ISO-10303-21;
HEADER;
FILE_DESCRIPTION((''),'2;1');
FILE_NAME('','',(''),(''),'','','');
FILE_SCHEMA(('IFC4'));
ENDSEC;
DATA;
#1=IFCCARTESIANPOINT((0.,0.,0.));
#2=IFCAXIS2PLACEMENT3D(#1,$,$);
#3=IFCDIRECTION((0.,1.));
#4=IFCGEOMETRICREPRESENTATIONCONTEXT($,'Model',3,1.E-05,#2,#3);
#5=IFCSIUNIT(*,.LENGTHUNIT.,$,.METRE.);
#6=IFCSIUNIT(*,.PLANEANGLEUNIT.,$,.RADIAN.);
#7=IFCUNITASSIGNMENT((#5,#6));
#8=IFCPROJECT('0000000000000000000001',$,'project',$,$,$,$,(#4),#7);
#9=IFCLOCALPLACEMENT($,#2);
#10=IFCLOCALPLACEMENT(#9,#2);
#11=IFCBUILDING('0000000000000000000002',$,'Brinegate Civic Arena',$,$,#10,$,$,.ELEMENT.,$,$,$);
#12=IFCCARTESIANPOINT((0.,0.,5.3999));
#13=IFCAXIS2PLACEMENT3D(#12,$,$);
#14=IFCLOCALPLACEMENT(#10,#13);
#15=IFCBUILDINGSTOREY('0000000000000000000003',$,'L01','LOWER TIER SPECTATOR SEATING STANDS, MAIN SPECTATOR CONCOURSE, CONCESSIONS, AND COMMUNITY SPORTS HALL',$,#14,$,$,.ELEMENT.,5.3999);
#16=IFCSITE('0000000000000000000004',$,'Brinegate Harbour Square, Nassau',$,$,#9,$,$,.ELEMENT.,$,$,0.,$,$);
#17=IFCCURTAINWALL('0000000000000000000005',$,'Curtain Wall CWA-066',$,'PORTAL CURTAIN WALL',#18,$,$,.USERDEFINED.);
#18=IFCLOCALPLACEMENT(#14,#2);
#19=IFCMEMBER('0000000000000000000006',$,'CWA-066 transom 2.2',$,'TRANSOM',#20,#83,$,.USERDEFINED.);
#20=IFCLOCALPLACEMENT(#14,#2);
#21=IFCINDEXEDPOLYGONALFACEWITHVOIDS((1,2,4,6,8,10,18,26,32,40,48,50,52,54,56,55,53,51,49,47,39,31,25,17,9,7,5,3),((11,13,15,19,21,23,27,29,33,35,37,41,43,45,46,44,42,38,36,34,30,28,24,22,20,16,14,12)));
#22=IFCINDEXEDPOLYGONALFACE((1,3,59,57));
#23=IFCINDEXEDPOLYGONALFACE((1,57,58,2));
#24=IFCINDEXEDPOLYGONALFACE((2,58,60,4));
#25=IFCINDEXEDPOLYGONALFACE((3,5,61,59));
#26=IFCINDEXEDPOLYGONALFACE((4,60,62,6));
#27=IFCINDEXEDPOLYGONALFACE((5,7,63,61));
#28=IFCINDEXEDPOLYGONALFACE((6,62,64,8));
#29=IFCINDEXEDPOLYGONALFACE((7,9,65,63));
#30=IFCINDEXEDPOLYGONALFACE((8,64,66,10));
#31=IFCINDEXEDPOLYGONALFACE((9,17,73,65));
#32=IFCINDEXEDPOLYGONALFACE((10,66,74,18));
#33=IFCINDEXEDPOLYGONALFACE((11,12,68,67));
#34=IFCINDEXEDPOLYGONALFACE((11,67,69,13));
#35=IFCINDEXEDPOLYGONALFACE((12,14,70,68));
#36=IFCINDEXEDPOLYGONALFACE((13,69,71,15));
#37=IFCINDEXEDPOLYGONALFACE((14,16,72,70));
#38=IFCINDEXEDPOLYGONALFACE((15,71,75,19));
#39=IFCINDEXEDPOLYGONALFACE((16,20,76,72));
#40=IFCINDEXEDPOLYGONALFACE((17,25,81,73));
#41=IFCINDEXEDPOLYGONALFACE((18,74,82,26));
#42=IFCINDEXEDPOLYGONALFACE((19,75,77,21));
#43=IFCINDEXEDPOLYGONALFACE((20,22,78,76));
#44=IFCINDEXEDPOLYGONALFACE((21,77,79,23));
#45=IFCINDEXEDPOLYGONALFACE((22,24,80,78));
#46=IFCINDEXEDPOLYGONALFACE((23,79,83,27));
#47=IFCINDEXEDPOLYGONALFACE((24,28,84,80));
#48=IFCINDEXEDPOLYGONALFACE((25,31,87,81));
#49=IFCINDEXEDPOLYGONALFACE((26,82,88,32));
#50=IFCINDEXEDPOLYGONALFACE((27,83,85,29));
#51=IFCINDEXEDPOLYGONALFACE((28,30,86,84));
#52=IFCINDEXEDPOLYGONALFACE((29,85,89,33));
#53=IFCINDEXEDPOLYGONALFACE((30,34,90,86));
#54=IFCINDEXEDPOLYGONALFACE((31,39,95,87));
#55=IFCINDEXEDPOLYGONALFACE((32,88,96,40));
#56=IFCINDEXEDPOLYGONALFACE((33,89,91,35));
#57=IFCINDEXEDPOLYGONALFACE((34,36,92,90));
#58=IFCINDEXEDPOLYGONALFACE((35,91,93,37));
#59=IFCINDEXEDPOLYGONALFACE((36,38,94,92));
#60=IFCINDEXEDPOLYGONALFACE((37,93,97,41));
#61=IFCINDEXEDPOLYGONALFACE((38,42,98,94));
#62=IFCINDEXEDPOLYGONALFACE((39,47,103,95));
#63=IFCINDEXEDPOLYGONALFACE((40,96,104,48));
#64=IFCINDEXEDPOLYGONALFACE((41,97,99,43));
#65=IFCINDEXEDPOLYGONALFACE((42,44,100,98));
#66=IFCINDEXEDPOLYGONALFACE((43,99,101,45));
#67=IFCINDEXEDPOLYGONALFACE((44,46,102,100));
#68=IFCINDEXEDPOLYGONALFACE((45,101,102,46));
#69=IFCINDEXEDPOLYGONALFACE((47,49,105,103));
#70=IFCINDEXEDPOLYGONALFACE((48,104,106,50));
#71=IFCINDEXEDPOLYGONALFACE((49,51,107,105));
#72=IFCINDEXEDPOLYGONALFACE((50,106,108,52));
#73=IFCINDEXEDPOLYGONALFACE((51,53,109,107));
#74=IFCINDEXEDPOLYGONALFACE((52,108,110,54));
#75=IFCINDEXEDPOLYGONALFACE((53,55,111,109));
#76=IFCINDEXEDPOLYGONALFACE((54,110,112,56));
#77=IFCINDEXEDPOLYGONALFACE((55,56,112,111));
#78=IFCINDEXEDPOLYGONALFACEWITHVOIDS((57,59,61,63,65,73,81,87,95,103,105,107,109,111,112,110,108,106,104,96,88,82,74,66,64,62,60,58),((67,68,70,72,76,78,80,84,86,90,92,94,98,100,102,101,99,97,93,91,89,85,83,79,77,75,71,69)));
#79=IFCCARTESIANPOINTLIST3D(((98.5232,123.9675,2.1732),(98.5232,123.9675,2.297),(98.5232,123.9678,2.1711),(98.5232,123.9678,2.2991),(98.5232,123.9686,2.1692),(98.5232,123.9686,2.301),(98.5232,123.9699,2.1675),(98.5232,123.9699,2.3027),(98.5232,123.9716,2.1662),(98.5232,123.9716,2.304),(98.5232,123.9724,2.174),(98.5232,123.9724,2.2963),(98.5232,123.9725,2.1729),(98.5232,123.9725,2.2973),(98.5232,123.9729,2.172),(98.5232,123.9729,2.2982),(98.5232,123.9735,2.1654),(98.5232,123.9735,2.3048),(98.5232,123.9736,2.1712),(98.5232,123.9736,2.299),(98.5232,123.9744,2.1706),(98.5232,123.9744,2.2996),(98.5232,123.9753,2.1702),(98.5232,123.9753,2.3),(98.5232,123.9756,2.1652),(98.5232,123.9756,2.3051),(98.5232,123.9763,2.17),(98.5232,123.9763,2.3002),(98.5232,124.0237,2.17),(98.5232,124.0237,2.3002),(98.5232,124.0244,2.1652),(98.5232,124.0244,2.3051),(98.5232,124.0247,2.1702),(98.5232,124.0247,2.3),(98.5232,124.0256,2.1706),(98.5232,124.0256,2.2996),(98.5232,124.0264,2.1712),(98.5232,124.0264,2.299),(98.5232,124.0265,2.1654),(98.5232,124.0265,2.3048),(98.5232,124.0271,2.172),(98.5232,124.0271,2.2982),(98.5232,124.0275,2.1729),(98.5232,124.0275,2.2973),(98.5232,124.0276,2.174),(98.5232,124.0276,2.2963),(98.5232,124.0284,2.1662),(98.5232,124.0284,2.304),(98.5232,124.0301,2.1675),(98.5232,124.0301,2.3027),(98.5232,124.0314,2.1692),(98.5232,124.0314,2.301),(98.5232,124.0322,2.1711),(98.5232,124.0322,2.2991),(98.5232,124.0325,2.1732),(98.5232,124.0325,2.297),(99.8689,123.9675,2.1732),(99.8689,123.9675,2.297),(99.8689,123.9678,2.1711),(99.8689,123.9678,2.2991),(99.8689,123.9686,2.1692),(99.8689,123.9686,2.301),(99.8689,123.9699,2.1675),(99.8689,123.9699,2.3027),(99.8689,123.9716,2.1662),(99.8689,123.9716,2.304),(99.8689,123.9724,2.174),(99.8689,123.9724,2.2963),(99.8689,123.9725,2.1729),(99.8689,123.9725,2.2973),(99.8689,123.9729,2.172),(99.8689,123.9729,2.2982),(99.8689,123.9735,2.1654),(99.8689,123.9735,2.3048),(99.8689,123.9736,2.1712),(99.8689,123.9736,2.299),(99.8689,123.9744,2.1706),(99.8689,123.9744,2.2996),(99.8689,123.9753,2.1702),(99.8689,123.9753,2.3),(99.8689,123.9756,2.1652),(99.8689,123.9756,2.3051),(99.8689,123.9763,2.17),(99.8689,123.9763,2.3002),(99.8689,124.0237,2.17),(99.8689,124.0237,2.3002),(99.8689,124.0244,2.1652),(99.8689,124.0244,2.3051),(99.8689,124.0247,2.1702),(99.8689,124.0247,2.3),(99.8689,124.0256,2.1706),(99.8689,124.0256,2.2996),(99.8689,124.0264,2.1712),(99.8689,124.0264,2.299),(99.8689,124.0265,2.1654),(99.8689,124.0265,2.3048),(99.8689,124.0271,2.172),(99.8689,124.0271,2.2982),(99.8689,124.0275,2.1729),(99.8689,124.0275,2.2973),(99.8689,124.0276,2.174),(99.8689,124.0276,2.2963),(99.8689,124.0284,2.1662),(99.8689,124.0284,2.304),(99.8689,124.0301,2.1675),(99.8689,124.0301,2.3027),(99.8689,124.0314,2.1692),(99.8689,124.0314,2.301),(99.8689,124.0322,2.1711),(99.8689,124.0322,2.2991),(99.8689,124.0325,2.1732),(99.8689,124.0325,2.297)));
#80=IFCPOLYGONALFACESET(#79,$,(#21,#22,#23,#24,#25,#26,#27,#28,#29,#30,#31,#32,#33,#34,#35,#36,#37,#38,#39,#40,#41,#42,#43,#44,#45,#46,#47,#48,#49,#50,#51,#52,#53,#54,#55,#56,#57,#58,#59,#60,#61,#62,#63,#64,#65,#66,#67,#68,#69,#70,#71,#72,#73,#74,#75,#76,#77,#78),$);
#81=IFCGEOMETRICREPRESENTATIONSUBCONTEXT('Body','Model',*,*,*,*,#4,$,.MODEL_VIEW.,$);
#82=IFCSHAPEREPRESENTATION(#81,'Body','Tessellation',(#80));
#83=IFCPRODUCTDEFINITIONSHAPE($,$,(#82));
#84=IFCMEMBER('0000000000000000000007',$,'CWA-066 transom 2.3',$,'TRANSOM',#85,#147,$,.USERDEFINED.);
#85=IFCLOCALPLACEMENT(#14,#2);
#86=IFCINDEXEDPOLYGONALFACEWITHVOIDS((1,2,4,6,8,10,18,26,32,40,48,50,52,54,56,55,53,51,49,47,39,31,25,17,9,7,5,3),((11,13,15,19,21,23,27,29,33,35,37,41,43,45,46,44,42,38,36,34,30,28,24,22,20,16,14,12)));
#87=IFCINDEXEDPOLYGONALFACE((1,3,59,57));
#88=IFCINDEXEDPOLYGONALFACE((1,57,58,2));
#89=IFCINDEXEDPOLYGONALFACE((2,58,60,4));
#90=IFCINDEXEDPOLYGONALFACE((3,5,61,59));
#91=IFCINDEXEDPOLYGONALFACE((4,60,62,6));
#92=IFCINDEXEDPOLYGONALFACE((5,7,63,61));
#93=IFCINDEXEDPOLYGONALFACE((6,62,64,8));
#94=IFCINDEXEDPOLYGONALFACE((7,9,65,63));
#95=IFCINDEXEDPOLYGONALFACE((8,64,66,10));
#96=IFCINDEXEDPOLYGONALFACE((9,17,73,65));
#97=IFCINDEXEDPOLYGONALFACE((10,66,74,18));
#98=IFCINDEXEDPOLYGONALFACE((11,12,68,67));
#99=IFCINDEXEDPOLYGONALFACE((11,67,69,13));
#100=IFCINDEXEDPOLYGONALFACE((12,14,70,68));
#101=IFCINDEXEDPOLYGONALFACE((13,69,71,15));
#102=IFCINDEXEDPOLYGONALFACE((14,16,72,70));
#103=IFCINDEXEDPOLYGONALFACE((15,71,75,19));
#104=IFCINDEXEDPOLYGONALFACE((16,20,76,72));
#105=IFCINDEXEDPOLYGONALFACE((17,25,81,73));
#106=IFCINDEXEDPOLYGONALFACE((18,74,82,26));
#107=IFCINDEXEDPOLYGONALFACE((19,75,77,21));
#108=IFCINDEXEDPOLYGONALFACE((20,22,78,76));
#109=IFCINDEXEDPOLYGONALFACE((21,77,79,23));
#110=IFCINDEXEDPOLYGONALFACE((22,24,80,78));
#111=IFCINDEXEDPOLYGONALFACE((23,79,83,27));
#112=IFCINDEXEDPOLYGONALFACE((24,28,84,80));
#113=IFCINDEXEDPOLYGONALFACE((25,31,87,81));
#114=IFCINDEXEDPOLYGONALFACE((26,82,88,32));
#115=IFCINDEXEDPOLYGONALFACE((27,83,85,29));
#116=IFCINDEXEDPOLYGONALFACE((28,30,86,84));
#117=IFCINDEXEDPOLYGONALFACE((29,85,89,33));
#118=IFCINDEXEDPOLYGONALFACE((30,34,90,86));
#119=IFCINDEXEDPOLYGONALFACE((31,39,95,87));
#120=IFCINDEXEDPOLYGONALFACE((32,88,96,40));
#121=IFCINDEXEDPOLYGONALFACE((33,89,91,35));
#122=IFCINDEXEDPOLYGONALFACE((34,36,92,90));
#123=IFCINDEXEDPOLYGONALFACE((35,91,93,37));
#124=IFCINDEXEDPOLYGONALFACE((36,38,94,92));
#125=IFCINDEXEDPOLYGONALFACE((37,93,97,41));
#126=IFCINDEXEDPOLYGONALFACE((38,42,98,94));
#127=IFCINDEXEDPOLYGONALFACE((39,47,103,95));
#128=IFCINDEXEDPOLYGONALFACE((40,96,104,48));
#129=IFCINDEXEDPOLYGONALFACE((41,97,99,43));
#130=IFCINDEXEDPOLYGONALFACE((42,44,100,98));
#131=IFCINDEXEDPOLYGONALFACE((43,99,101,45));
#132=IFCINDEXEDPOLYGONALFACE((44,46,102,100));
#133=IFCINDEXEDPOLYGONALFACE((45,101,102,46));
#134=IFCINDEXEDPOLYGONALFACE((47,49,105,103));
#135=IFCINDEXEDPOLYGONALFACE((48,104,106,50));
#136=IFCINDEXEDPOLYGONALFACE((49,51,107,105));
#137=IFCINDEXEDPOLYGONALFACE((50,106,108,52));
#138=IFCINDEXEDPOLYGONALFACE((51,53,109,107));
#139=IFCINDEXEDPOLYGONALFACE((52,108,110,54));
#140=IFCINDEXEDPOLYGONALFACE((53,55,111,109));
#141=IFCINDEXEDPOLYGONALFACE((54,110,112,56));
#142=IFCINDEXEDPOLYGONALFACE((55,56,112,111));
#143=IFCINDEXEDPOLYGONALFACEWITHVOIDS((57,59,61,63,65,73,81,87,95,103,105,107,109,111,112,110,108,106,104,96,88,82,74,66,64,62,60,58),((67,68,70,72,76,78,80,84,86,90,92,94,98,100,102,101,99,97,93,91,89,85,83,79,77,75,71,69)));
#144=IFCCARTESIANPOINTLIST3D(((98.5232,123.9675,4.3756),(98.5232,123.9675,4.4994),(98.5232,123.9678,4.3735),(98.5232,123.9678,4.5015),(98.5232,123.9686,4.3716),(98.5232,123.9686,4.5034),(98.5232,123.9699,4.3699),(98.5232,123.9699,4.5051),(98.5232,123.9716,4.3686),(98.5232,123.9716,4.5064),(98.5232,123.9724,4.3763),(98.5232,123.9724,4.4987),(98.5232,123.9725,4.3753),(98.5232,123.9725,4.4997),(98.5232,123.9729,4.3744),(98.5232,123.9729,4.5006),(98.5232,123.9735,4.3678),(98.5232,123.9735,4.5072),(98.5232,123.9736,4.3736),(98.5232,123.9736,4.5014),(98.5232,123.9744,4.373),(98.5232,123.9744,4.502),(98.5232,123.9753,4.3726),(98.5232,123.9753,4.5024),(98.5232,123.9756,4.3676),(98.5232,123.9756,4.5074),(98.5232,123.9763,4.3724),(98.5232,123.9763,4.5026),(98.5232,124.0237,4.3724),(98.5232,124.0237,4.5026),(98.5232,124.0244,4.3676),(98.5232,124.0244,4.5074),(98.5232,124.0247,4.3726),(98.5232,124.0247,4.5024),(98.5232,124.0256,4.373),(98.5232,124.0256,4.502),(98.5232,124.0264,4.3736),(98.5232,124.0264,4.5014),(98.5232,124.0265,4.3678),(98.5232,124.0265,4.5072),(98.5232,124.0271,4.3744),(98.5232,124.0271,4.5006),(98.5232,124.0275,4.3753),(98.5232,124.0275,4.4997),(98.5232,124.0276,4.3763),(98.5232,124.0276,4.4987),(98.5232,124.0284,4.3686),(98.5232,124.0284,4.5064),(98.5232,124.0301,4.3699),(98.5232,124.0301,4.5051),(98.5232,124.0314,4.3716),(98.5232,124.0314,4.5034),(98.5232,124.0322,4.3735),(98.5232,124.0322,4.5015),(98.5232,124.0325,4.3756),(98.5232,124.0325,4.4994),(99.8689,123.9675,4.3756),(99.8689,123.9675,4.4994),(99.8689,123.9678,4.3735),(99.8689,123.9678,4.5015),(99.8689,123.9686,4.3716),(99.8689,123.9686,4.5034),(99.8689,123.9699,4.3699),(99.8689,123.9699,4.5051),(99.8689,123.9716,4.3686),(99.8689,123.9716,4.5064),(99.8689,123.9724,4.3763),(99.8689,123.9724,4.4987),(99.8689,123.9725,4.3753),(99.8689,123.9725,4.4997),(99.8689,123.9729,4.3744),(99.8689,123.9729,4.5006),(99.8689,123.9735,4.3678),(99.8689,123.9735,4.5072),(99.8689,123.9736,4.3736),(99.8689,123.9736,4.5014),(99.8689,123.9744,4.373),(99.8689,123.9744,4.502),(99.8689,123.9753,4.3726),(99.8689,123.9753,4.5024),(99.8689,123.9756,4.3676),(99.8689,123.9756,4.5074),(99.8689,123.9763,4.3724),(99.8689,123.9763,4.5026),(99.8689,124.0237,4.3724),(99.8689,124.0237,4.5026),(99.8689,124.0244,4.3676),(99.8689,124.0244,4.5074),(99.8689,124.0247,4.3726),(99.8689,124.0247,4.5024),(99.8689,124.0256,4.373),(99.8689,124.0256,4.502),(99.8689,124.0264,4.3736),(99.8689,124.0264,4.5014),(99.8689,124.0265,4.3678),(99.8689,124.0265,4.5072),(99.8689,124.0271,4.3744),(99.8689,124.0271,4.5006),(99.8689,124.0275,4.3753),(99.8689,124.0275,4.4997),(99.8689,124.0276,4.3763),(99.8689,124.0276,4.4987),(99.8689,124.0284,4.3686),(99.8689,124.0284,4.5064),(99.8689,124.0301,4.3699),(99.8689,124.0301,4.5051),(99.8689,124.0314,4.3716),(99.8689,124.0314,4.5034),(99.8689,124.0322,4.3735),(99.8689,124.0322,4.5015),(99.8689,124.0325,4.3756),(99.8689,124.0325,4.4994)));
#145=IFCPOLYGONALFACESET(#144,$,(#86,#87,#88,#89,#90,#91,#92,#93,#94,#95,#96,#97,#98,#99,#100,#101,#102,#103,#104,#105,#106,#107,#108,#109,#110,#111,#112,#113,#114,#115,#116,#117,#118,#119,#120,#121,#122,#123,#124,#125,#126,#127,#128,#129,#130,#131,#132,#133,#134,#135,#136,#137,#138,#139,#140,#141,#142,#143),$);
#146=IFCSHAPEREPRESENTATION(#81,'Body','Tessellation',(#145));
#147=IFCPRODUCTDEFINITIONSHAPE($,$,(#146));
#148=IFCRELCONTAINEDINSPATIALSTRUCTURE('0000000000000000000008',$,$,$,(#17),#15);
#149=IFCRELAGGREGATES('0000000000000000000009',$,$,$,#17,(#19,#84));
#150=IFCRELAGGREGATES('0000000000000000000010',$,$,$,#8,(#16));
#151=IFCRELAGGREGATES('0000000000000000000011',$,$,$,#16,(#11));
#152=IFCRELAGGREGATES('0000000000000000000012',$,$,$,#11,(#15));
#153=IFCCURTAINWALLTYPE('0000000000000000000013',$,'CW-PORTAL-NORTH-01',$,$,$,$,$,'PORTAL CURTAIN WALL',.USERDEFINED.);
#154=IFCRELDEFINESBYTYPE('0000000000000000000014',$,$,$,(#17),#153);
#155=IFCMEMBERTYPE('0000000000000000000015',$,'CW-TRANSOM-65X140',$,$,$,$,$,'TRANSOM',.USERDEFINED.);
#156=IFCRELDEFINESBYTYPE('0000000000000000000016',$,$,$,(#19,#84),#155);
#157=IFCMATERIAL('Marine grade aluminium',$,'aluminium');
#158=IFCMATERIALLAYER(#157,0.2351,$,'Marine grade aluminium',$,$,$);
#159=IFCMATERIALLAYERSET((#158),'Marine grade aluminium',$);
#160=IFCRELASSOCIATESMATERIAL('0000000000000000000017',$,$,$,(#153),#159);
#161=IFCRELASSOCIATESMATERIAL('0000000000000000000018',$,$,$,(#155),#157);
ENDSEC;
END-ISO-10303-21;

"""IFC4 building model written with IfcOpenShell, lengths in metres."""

from ifc_helpers import new_model, si_unit, direction, frame, origin, origin_2d, place, context, subcontext, project, spatial, hollow_rectangle, extrude, material, layer, layer_set, material_profile, profile_set, type_object, element, aggregate, save


model = new_model("IFC4")

# Units and contexts
model_context = context("Model", 3, precision=1e-05, world=origin(), true_north=direction((0.0, 1.0)))
body_context = subcontext(model_context, "Body", "Model", "MODEL_VIEW")
ifc_project = project(units=[si_unit("LENGTHUNIT", "METRE"), si_unit("PLANEANGLEUNIT", "RADIAN")], contexts=[model_context])

# Site, building, storey
site_placement = place(None, origin())
site = spatial("IfcSite", under=ifc_project, at=site_placement, Name="Brinegate Harbour Square, Nassau", CompositionType="ELEMENT", RefElevation=0.0)
building_placement = place(site_placement, origin())
building = spatial("IfcBuilding", under=site, at=building_placement, Name="Brinegate Civic Arena", CompositionType="ELEMENT")
storey_placement = place(building_placement, frame((0.0, 0.0, 5.3999)))
storey = spatial("IfcBuildingStorey", under=building, at=storey_placement, Name="L01", Description="LOWER TIER SPECTATOR SEATING STANDS, MAIN SPECTATOR CONCOURSE, CONCESSIONS, AND COMMUNITY SPORTS HALL", CompositionType="ELEMENT", Elevation=5.3999)

# Curtain wall, members
ifc_material_1 = material(Name="Marine grade aluminium", Category="aluminium")
ifc_layer_1 = layer(ifc_material_1, 0.2351, Name="Marine grade aluminium")
ifc_layer_set_1 = layer_set([ifc_layer_1], Name="Marine grade aluminium")
curtain_wall_type = type_object("IfcCurtainWallType", Name="CW-PORTAL-NORTH-01", ElementType="PORTAL CURTAIN WALL", PredefinedType="USERDEFINED", material=ifc_layer_set_1)
curtain_wall_placement = place(storey_placement, origin())
curtain_wall = element("IfcCurtainWall", 1, at=curtain_wall_placement, inside=storey, type_object=curtain_wall_type, Name="Curtain Wall CWA-066", ObjectType="PORTAL CURTAIN WALL", PredefinedType="USERDEFINED")
ifc_material_profile_1 = material_profile(ifc_material_1, hollow_rectangle(XDim=0.0649, YDim=0.1399, WallThickness=0.0049, InnerFilletRadius=0.0039, OuterFilletRadius=0.0081, at=origin_2d()), Name="TRN65X140")
ifc_profile_set_1 = profile_set([ifc_material_profile_1], Name="Marine grade aluminium")
member_type_1 = type_object("IfcMemberType", Name="CW-TRANSOM-65X140", ElementType="TRANSOM", PredefinedType="USERDEFINED", material=ifc_profile_set_1)
member_1_placement = place(storey_placement, frame((98.5232, 124.0, 2.2351), z_axis=(1.0, 0.0, 0.0), x_axis=(0.0, 1.0, 0.0)))
member_1 = element("IfcMember", 2, at=member_1_placement, type_object=member_type_1, Name="CWA-066 transom 2.2", ObjectType="TRANSOM", PredefinedType="USERDEFINED", context=body_context, shape_type="SweptSolid", body=[
    extrude(hollow_rectangle(XDim=0.0649, YDim=0.1399, WallThickness=0.0049, InnerFilletRadius=0.0039, OuterFilletRadius=0.0081, at=origin_2d()), origin(), (0.0, 0.0, 1.0), 1.3457),
])
member_2_placement = place(storey_placement, frame((98.5232, 124.0, 4.4375), z_axis=(1.0, 0.0, 0.0), x_axis=(0.0, 1.0, 0.0)))
member_2 = element("IfcMember", 3, at=member_2_placement, type_object=member_type_1, Name="CWA-066 transom 2.3", ObjectType="TRANSOM", PredefinedType="USERDEFINED", context=body_context, shape_type="SweptSolid", body=[
    extrude(hollow_rectangle(XDim=0.0649, YDim=0.1399, WallThickness=0.0049, InnerFilletRadius=0.0039, OuterFilletRadius=0.0081, at=origin_2d()), origin(), (0.0, 0.0, 1.0), 1.3457),
])

aggregate(curtain_wall, [member_1, member_2])

save(model, "model.ifc")
